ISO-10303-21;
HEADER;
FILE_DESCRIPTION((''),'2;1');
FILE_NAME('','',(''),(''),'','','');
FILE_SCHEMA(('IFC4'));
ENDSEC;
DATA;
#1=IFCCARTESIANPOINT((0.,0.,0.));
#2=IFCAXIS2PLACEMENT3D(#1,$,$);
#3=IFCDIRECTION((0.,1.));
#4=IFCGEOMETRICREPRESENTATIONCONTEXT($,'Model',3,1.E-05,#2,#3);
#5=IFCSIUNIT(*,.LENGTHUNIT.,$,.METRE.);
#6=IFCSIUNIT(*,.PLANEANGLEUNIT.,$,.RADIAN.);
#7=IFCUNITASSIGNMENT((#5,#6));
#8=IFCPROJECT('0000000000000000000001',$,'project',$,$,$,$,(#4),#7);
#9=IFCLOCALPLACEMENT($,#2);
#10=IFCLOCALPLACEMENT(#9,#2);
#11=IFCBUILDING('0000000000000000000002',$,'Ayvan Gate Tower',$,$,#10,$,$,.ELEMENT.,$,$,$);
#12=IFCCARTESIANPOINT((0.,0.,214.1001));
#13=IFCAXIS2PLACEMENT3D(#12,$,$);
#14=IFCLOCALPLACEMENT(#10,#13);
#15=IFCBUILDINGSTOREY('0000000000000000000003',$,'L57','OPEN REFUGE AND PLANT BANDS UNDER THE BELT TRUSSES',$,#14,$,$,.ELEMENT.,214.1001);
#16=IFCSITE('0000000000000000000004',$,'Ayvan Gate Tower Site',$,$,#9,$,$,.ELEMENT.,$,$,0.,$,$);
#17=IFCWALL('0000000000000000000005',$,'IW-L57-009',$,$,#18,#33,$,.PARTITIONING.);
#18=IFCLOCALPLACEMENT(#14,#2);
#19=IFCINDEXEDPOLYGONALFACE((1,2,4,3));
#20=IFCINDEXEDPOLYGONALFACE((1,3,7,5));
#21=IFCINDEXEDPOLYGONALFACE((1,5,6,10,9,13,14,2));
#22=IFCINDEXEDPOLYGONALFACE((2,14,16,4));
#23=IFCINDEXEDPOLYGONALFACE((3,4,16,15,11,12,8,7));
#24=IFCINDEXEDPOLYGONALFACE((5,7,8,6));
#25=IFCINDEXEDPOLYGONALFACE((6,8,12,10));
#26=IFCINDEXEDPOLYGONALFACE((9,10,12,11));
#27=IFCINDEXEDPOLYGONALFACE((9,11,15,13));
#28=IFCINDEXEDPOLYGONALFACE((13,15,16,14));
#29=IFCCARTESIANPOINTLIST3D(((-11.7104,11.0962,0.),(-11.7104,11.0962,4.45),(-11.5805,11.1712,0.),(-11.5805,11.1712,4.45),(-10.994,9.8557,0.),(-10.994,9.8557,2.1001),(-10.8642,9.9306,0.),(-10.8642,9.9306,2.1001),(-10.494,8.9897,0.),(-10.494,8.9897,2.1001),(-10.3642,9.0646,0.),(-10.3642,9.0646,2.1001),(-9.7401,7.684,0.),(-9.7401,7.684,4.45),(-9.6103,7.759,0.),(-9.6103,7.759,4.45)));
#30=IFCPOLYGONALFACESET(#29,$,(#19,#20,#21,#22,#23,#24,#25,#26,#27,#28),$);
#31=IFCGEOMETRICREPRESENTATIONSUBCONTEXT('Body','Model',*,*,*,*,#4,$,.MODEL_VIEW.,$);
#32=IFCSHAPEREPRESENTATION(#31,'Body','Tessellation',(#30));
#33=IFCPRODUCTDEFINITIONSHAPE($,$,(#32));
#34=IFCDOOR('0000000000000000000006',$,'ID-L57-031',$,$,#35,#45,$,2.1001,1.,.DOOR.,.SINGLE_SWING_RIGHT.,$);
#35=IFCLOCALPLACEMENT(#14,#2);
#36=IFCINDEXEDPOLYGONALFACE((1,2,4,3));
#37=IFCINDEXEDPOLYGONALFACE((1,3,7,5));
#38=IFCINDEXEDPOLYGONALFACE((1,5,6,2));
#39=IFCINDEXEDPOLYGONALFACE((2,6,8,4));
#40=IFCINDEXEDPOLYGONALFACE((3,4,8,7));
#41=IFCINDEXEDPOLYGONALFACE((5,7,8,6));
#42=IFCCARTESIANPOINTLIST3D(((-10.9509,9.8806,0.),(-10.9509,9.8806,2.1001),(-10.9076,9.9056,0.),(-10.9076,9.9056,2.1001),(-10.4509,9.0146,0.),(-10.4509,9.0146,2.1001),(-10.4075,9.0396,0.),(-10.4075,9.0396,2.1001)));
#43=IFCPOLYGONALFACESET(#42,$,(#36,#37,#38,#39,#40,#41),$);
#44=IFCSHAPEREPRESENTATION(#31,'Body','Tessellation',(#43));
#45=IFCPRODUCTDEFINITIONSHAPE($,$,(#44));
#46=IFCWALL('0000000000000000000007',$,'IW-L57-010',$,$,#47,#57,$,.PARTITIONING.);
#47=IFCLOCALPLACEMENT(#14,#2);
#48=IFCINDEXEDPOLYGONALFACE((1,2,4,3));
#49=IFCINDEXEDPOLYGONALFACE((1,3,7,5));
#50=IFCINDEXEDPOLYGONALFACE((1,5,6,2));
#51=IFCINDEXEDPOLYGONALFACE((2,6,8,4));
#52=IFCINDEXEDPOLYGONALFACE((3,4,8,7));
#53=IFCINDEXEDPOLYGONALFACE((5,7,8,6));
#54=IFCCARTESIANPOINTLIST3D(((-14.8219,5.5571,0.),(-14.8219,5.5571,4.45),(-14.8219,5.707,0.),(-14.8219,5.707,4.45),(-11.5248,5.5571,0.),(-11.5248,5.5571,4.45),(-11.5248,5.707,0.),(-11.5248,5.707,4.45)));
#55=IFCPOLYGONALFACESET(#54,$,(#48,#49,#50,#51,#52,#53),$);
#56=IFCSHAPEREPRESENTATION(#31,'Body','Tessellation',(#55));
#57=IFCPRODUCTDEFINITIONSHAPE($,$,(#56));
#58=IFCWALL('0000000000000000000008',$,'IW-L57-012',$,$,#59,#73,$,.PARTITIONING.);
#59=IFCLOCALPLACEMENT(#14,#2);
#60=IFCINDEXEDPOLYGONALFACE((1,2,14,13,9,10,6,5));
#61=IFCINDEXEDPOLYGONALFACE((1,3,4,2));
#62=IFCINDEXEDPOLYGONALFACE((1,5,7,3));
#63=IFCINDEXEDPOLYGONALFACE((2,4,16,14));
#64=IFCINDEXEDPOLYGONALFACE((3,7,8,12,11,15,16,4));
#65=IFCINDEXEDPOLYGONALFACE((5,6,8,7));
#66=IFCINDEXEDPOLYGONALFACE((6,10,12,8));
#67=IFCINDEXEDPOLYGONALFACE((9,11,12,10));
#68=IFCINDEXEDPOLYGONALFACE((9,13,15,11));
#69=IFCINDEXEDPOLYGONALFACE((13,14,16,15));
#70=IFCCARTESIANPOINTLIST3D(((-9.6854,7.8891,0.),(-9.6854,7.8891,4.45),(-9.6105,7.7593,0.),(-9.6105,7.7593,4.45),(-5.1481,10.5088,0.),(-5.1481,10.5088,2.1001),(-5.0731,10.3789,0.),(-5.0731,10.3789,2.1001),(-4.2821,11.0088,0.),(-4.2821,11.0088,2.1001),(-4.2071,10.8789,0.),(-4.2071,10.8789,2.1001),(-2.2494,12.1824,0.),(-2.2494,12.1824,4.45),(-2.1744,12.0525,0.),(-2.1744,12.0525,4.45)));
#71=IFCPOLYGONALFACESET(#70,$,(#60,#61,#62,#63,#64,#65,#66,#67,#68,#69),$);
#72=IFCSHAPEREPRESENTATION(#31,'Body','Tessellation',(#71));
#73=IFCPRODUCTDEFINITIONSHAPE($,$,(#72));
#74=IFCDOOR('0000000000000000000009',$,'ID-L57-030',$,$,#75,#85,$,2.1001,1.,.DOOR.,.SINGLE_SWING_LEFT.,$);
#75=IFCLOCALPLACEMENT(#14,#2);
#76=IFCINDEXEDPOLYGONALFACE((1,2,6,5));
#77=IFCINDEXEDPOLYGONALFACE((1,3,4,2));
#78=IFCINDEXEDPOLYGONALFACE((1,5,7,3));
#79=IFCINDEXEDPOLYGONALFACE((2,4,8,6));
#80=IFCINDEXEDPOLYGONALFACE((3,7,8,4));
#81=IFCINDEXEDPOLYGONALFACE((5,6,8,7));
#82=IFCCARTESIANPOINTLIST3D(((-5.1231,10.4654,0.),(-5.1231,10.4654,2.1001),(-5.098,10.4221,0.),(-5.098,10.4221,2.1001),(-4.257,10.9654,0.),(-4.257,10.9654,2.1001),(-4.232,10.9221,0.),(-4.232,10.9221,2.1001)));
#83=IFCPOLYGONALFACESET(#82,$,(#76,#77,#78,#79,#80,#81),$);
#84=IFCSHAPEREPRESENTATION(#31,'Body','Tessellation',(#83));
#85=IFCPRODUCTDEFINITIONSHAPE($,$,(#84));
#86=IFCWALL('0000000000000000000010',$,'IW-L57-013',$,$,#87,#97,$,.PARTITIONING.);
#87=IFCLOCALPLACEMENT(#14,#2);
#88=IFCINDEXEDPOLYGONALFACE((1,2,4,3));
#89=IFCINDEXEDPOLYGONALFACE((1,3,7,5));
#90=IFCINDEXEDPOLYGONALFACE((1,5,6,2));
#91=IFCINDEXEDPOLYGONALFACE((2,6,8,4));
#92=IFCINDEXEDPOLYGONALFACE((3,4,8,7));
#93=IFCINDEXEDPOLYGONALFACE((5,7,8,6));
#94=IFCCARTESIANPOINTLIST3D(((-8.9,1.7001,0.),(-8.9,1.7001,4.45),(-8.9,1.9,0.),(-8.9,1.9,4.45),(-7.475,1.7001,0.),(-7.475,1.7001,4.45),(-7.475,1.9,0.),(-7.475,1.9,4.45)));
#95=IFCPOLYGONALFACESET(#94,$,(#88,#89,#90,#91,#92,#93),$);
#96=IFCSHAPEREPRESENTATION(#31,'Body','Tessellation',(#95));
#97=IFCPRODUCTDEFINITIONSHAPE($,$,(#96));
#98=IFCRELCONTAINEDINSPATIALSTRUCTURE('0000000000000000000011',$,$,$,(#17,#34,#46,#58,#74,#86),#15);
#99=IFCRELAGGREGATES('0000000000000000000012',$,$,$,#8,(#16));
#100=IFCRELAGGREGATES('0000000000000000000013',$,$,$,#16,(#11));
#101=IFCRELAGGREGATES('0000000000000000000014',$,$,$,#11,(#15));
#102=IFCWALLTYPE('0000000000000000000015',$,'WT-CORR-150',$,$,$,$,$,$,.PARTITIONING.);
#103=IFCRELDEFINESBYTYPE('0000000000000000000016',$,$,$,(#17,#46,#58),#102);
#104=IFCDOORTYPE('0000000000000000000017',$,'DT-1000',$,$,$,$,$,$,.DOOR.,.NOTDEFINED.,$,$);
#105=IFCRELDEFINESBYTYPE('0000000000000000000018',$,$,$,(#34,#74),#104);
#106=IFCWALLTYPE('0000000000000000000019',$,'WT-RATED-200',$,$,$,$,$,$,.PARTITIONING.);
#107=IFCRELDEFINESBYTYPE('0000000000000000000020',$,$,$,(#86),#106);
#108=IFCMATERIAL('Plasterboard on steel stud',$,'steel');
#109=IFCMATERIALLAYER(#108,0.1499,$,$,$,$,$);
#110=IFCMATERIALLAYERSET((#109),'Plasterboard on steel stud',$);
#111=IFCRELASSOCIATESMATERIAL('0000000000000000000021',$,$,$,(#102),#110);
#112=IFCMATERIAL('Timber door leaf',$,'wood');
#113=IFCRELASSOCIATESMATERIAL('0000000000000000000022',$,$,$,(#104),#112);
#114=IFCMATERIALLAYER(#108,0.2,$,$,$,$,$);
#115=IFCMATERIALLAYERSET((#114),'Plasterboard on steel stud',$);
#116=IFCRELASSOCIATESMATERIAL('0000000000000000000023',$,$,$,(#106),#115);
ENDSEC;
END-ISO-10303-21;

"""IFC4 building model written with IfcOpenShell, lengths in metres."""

from ifc_helpers import new_model, si_unit, direction, frame, frame_2d, origin, place, context, subcontext, project, spatial, rectangle, extrude, material, layer, layer_set, type_object, element, fill, save


model = new_model("IFC4")

# Units and contexts
model_context = context("Model", 3, precision=1e-05, world=origin(), true_north=direction((0.0, 1.0)))
body_context = subcontext(model_context, "Body", "Model", "MODEL_VIEW")
ifc_project = project(units=[si_unit("LENGTHUNIT", "METRE"), si_unit("PLANEANGLEUNIT", "RADIAN")], contexts=[model_context])

# Site, building, storey
site_placement = place(None, origin())
site = spatial("IfcSite", under=ifc_project, at=site_placement, Name="Ayvan Gate Tower Site", CompositionType="ELEMENT", RefElevation=0.0)
building_placement = place(site_placement, origin())
building = spatial("IfcBuilding", under=site, at=building_placement, Name="Ayvan Gate Tower", CompositionType="ELEMENT")
storey_placement = place(building_placement, frame((0.0, 0.0, 214.1001)))
storey = spatial("IfcBuildingStorey", under=building, at=storey_placement, Name="L57", Description="OPEN REFUGE AND PLANT BANDS UNDER THE BELT TRUSSES", CompositionType="ELEMENT", Elevation=214.1001)

# Shared definitions
ifc_material_1 = material(Name="Timber door leaf", Category="wood")

# Wall, opening, door
ifc_material_2 = material(Name="Plasterboard on steel stud", Category="steel")
ifc_layer_1 = layer(ifc_material_2, 0.1499)
ifc_layer_set_1 = layer_set([ifc_layer_1], Name="Plasterboard on steel stud")
wall_type_1 = type_object("IfcWallType", Name="WT-CORR-150", PredefinedType="PARTITIONING", material=ifc_layer_set_1)
door_type_1 = type_object("IfcDoorType", Name="DT-1000", OperationType="NOTDEFINED", PredefinedType="DOOR", material=ifc_material_1)
wall_1_placement = place(storey_placement, frame((-11.6455, 11.1338, 0.0), z_axis=(0.0, 0.0, 1.0), x_axis=(0.500044, -0.866, 0.0)))
wall_1 = element("IfcWall", 1, at=wall_1_placement, inside=storey, type_object=wall_type_1, Name="IW-L57-009", PredefinedType="PARTITIONING", context=body_context, shape_type="SweptSolid", body=[
    extrude(rectangle(XDim=3.9402, YDim=0.1499, at=frame_2d((1.9702, 0.0))), origin(), (0.0, 0.0, 1.0), 4.45),
])
opening_1_placement = place(wall_1_placement, frame((1.4326, 0.0, 0.0)))
opening_1 = element("IfcOpeningElement", 2, at=opening_1_placement, cuts=wall_1, PredefinedType="OPENING", context=body_context, shape_type="SweptSolid", body=[
    extrude(rectangle(XDim=1.0, YDim=2.1001, at=frame_2d((0.5, 1.05))), frame((0.0, 0.085, 0.0), z_axis=(0.0, -1.0, 0.0), x_axis=(1.0, 0.0, 0.0)), (0.0, 0.0, 1.0), 0.1699),
])
door_1_placement = place(opening_1_placement, origin())
door_1 = element("IfcDoor", 3, at=door_1_placement, inside=storey, type_object=door_type_1, Name="ID-L57-031", OperationType="SINGLE_SWING_RIGHT", OverallHeight=2.1001, OverallWidth=1.0, PredefinedType="DOOR", context=body_context, shape_type="SweptSolid", body=[
    extrude(rectangle(XDim=1.0, YDim=2.1001, at=frame_2d((0.5, 1.05))), frame((0.0, 0.0249, 0.0), z_axis=(0.0, -1.0, 0.0), x_axis=(1.0, 0.0, 0.0)), (0.0, 0.0, 1.0), 0.05),
])
fill(opening_1, door_1)

# Wall
wall_2_placement = place(storey_placement, frame((-11.5249, 5.6321, 0.0), z_axis=(0.0, 0.0, 1.0), x_axis=(-1.0, 0.0, 0.0)))
element("IfcWall", 4, at=wall_2_placement, inside=storey, type_object=wall_type_1, Name="IW-L57-010", PredefinedType="PARTITIONING", context=body_context, shape_type="SweptSolid", body=[
    extrude(rectangle(XDim=3.2971, YDim=0.1499, at=frame_2d((1.6484, 0.0))), origin(), (0.0, 0.0, 1.0), 4.45),
])

# Wall, opening, door
wall_3_placement = place(storey_placement, frame((-9.6479, 7.8242, 0.0), z_axis=(0.0, 0.0, 1.0), x_axis=(0.866025, 0.500001, 0.0)))
wall_3 = element("IfcWall", 5, at=wall_3_placement, inside=storey, type_object=wall_type_1, Name="IW-L57-012", PredefinedType="PARTITIONING", context=body_context, shape_type="SweptSolid", body=[
    extrude(rectangle(XDim=8.5864, YDim=0.1499, at=frame_2d((4.2932, 0.0))), origin(), (0.0, 0.0, 1.0), 4.45),
])
opening_2_placement = place(wall_3_placement, frame((5.2393, 0.0, 0.0)))
opening_2 = element("IfcOpeningElement", 6, at=opening_2_placement, cuts=wall_3, PredefinedType="OPENING", context=body_context, shape_type="SweptSolid", body=[
    extrude(rectangle(XDim=1.0, YDim=2.1001, at=frame_2d((0.5, 1.05))), frame((0.0, 0.085, 0.0), z_axis=(0.0, -1.0, 0.0), x_axis=(1.0, 0.0, 0.0)), (0.0, 0.0, 1.0), 0.1699),
])
door_2_placement = place(opening_2_placement, origin())
door_2 = element("IfcDoor", 7, at=door_2_placement, inside=storey, type_object=door_type_1, Name="ID-L57-030", OperationType="SINGLE_SWING_LEFT", OverallHeight=2.1001, OverallWidth=1.0, PredefinedType="DOOR", context=body_context, shape_type="SweptSolid", body=[
    extrude(rectangle(XDim=1.0, YDim=2.1001, at=frame_2d((0.5, 1.05))), frame((0.0, 0.0249, 0.0), z_axis=(0.0, -1.0, 0.0), x_axis=(1.0, 0.0, 0.0)), (0.0, 0.0, 1.0), 0.05),
])
fill(opening_2, door_2)

# Wall
ifc_layer_2 = layer(ifc_material_2, 0.2)
ifc_layer_set_2 = layer_set([ifc_layer_2], Name="Plasterboard on steel stud")
wall_type_2 = type_object("IfcWallType", Name="WT-RATED-200", PredefinedType="PARTITIONING", material=ifc_layer_set_2)
wall_4_placement = place(storey_placement, frame((-8.8999, 1.8, 0.0), z_axis=(0.0, 0.0, 1.0), x_axis=(1.0, 0.0, 0.0)))
element("IfcWall", 8, at=wall_4_placement, inside=storey, type_object=wall_type_2, Name="IW-L57-013", PredefinedType="PARTITIONING", context=body_context, shape_type="SweptSolid", body=[
    extrude(rectangle(XDim=1.425, YDim=0.2, at=frame_2d((0.7124, 0.0))), origin(), (0.0, 0.0, 1.0), 4.45),
])

save(model, "model.ifc")
